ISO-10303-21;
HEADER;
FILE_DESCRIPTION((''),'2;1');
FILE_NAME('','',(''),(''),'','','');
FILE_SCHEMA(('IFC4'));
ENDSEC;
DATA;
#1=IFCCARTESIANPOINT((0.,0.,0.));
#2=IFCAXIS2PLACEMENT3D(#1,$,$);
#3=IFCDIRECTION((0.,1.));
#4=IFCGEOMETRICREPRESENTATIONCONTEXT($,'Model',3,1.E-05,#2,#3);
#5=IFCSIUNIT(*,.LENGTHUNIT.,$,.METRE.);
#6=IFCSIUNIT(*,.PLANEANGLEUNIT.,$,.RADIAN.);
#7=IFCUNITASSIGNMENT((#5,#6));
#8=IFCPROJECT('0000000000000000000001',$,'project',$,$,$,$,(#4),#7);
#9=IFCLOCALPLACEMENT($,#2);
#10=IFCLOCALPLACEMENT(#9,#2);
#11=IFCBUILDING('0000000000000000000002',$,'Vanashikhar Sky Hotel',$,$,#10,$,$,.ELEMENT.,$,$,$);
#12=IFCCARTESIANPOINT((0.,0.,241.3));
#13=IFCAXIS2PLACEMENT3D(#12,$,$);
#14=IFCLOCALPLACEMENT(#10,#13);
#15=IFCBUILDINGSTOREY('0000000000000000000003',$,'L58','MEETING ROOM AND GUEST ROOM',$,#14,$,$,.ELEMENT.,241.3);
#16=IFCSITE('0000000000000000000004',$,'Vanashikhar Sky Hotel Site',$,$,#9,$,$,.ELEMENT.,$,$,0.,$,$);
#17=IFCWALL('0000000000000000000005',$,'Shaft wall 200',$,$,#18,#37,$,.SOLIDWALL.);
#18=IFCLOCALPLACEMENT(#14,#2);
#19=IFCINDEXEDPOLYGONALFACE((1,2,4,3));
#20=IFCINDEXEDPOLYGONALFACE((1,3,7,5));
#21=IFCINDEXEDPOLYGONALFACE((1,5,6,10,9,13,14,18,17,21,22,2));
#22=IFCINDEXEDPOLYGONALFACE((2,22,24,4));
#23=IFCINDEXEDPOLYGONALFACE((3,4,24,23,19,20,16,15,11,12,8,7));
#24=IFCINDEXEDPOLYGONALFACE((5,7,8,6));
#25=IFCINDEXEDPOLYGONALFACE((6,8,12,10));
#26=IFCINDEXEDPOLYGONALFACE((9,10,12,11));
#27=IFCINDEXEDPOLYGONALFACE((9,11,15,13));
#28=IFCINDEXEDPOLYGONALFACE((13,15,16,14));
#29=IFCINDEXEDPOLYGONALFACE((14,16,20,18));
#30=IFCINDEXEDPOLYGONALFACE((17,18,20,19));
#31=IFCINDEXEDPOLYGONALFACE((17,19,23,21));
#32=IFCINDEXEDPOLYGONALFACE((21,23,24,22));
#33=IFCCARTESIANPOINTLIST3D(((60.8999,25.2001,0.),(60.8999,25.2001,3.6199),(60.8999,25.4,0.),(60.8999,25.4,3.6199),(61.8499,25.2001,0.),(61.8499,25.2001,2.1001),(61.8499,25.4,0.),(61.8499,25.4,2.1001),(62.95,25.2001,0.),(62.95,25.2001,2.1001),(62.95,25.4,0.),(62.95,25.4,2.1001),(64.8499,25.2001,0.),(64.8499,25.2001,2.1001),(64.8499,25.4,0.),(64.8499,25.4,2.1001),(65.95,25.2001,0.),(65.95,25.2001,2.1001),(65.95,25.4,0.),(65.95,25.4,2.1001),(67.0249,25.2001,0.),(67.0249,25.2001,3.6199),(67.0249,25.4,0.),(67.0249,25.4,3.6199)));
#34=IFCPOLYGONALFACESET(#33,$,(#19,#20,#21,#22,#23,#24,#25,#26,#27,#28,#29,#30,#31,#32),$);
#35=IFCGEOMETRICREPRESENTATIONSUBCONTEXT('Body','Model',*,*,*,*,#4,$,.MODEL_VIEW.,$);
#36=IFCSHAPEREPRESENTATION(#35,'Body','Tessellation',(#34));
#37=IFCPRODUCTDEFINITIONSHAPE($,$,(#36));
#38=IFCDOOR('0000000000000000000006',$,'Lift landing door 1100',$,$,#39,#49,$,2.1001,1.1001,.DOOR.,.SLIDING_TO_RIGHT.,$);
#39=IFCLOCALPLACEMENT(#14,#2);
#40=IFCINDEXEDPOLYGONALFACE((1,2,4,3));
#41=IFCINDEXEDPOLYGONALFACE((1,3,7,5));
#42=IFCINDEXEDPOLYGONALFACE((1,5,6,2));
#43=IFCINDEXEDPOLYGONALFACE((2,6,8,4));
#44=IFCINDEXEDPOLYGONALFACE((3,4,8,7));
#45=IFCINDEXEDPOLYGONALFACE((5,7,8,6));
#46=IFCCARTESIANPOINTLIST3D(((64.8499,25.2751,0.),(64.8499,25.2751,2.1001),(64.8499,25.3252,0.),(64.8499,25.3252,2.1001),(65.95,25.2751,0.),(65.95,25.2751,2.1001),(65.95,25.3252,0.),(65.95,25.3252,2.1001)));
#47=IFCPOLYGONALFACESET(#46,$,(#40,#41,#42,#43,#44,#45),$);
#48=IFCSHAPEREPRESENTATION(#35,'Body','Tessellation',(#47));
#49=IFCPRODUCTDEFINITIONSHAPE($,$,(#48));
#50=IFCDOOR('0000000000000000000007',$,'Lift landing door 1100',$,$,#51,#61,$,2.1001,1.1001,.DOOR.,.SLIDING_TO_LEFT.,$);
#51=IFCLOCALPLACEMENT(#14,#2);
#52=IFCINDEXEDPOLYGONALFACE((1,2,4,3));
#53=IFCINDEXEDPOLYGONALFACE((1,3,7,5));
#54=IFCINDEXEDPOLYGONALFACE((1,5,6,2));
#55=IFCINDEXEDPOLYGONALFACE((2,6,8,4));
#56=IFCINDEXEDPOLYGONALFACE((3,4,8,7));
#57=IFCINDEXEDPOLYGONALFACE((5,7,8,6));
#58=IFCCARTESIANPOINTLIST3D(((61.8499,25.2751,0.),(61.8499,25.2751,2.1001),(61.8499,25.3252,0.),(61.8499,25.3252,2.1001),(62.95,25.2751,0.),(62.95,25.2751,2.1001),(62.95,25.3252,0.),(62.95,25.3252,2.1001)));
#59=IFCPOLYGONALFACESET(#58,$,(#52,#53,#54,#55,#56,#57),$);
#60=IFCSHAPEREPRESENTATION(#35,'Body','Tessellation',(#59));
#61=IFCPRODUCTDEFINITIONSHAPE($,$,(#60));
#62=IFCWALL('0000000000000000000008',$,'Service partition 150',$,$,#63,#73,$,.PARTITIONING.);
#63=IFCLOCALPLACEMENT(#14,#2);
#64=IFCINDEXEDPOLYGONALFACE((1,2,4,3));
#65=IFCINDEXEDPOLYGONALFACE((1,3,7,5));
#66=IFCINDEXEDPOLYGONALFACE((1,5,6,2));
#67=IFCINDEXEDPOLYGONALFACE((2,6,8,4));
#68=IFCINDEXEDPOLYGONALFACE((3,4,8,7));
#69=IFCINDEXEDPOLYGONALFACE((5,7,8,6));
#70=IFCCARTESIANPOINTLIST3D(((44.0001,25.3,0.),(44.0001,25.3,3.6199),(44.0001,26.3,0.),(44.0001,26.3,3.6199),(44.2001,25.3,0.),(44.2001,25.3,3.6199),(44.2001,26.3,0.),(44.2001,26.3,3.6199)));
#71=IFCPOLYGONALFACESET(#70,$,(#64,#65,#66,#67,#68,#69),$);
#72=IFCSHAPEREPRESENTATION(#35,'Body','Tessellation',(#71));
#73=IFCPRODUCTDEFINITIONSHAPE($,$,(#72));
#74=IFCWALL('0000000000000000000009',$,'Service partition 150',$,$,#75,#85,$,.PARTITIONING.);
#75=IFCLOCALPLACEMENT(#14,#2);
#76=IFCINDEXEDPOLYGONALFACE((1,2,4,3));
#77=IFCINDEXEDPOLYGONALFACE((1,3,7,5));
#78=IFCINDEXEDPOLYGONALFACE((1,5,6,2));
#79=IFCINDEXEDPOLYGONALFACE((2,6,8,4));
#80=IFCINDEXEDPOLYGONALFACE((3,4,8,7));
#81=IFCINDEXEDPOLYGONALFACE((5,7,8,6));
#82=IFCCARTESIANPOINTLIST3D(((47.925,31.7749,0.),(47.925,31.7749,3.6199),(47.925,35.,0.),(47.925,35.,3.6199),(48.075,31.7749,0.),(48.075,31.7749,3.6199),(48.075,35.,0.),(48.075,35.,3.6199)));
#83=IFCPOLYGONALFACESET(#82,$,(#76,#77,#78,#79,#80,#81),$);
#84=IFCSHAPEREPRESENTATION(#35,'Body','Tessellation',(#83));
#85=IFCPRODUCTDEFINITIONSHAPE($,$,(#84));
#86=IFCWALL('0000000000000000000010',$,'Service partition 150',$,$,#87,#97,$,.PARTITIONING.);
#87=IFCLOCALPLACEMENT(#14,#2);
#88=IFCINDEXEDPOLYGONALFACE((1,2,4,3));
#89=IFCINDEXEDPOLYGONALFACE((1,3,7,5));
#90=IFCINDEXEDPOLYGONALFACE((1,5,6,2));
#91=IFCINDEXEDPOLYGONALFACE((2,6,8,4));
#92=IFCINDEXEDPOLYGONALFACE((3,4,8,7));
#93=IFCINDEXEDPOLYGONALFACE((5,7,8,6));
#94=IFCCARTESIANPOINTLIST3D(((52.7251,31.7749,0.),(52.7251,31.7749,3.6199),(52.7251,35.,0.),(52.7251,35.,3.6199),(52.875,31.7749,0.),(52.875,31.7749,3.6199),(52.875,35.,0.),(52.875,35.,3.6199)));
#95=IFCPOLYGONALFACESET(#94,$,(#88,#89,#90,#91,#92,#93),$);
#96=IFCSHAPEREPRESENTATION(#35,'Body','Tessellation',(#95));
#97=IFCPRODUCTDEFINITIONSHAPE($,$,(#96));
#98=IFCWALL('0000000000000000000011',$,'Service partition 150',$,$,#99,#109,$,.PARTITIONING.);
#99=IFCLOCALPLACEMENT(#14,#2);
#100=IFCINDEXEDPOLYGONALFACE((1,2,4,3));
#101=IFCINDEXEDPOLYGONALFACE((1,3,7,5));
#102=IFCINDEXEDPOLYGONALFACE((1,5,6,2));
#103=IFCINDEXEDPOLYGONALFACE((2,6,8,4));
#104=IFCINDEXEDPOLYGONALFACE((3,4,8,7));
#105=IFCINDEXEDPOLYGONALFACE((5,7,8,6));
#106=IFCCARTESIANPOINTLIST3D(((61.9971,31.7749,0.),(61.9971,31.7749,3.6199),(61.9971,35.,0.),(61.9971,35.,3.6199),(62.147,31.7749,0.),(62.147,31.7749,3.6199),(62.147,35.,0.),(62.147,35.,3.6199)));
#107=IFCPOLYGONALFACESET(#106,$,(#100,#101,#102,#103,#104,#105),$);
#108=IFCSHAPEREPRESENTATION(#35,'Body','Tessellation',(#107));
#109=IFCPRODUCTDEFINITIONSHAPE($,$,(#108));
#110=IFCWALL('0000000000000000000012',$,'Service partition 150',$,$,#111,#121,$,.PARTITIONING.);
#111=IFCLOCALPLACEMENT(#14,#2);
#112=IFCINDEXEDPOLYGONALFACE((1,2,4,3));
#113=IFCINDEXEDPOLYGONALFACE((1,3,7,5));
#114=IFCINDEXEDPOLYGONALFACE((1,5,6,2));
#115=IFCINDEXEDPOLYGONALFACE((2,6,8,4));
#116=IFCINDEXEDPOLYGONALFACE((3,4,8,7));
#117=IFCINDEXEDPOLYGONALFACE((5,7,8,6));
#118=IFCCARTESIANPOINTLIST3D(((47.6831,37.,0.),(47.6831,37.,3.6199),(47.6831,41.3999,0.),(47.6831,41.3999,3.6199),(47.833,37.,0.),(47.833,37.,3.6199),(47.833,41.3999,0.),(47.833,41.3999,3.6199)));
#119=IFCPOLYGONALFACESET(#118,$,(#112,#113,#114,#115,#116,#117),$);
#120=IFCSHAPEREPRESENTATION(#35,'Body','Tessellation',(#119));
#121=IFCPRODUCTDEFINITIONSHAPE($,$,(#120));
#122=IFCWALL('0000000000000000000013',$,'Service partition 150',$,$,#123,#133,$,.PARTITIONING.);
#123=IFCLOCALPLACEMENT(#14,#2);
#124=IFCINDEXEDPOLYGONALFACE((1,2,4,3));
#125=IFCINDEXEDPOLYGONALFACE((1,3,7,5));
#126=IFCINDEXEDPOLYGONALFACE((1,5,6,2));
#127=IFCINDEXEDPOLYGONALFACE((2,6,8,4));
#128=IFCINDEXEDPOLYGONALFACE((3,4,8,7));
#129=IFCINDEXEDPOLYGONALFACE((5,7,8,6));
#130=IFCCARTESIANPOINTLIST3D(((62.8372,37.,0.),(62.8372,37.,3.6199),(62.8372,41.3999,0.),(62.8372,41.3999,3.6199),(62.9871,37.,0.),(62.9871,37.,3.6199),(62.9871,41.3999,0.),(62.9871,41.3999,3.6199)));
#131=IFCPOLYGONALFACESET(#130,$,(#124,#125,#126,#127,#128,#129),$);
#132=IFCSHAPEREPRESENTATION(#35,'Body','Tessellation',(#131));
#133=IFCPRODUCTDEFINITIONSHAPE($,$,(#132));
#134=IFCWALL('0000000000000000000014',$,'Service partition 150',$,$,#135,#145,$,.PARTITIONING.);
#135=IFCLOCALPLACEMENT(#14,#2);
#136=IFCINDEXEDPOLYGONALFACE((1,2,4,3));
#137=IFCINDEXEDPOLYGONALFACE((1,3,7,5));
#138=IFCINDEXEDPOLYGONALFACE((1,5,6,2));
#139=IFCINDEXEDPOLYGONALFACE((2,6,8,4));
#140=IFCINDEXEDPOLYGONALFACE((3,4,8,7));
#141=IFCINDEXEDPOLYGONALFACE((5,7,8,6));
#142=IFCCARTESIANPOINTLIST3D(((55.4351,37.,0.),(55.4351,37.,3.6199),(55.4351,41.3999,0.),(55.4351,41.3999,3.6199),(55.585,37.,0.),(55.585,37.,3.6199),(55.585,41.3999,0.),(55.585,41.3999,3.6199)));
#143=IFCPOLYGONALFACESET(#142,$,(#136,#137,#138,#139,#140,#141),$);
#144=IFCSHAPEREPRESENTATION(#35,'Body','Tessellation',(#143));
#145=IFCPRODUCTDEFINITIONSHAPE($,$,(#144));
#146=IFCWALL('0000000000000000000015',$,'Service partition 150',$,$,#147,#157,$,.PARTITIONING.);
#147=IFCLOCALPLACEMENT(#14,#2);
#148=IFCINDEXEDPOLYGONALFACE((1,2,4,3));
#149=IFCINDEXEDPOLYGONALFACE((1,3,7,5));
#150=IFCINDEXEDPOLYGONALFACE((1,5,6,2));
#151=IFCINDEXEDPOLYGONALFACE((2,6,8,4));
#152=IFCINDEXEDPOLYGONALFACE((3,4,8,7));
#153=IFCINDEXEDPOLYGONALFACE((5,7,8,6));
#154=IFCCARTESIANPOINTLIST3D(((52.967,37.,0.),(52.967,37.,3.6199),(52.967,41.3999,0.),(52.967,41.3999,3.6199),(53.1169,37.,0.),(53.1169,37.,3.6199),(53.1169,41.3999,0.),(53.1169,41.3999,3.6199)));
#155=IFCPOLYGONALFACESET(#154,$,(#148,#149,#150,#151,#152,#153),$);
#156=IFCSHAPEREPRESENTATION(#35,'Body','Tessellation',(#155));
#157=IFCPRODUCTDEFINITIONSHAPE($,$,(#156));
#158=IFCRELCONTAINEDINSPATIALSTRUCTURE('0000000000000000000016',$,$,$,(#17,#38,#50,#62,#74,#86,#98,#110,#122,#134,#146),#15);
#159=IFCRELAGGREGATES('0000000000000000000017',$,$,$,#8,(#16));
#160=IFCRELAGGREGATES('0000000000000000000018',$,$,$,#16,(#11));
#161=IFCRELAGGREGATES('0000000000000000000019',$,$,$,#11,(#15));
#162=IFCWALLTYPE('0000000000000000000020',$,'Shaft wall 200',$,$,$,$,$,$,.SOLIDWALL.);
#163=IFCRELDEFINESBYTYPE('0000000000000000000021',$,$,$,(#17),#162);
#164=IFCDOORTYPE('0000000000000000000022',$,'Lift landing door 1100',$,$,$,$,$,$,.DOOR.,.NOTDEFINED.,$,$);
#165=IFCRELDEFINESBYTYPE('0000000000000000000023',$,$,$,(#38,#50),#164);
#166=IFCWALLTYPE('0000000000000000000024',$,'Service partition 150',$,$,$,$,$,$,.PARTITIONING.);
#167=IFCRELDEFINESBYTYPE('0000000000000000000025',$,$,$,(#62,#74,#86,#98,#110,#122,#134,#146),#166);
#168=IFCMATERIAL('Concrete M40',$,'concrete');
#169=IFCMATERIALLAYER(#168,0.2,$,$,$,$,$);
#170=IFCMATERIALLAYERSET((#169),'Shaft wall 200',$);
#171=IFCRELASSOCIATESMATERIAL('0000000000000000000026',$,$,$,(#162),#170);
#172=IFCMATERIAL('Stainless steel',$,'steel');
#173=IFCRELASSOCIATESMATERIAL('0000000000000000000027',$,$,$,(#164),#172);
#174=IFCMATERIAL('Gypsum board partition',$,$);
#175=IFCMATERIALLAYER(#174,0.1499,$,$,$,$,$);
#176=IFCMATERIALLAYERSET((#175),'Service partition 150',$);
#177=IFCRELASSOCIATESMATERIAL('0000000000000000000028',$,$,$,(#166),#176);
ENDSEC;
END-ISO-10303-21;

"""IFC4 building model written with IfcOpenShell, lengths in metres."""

from ifc_helpers import new_model, si_unit, direction, frame, frame_2d, origin, place, context, subcontext, project, spatial, rectangle, extrude, source, transform, mapped, material, layer, layer_set, type_object, element, fill, save


model = new_model("IFC4")

# Units and contexts
model_context = context("Model", 3, precision=1e-05, world=origin(), true_north=direction((0.0, 1.0)))
body_context = subcontext(model_context, "Body", "Model", "MODEL_VIEW")
ifc_project = project(units=[si_unit("LENGTHUNIT", "METRE"), si_unit("PLANEANGLEUNIT", "RADIAN")], contexts=[model_context])

# Site, building, storey
site_placement = place(None, origin())
site = spatial("IfcSite", under=ifc_project, at=site_placement, Name="Vanashikhar Sky Hotel Site", CompositionType="ELEMENT", RefElevation=0.0)
building_placement = place(site_placement, origin())
building = spatial("IfcBuilding", under=site, at=building_placement, Name="Vanashikhar Sky Hotel", CompositionType="ELEMENT")
storey_placement = place(building_placement, frame((0.0, 0.0, 241.3)))
storey = spatial("IfcBuildingStorey", under=building, at=storey_placement, Name="L58", Description="MEETING ROOM AND GUEST ROOM", CompositionType="ELEMENT", Elevation=241.3)

# Shared definitions
shared_shape_1 = source(origin(), body_context, "Body", "SweptSolid", [
    extrude(rectangle(XDim=1.1001, YDim=2.1001, at=frame_2d((0.55, 1.05))), frame((0.0, 0.0249, 0.0), z_axis=(0.0, -1.0, 0.0), x_axis=(1.0, 0.0, 0.0)), (0.0, 0.0, 1.0), 0.05),
])

# Shared definitions
ifc_material_1 = material(Name="Concrete M40", Category="concrete")
ifc_layer_1 = layer(ifc_material_1, 0.2)
ifc_layer_set_1 = layer_set([ifc_layer_1], Name="Shaft wall 200")
wall_type_1 = type_object("IfcWallType", Name="Shaft wall 200", PredefinedType="SOLIDWALL", material=ifc_layer_set_1)
shared_shape_2 = source(origin(), body_context, "Body", "SweptSolid", [
    extrude(rectangle(XDim=1.1001, YDim=2.1001, at=frame_2d((0.55, 1.05))), frame((0.0, 0.1099, 0.0), z_axis=(0.0, -1.0, 0.0), x_axis=(1.0, 0.0, 0.0)), (0.0, 0.0, 1.0), 0.22),
])
ifc_material_2 = material(Name="Stainless steel", Category="steel")
door_type_1 = type_object("IfcDoorType", Name="Lift landing door 1100", OperationType="NOTDEFINED", PredefinedType="DOOR", material=ifc_material_2)

# Wall, openings, doors
shared_shape_3 = source(origin(), body_context, "Body", "SweptSolid", [
    extrude(rectangle(XDim=6.125, YDim=0.2, at=frame_2d((3.0625, 0.0))), origin(), (0.0, 0.0, 1.0), 3.6199),
])
wall_1_placement = place(storey_placement, frame((67.0249, 25.3, 0.0), z_axis=(0.0, 0.0, 1.0), x_axis=(-1.0, 0.0, 0.0)))
wall_1 = element("IfcWall", 1, at=wall_1_placement, inside=storey, type_object=wall_type_1, Name="Shaft wall 200", PredefinedType="SOLIDWALL", context=body_context, shape_type="MappedRepresentation", body=[
    mapped(shared_shape_3, transform((0.0, 0.0, 0.0), scale=1.0)),
])
opening_1_placement = place(wall_1_placement, frame((1.075, 0.0, 0.0)))
opening_1 = element("IfcOpeningElement", 2, at=opening_1_placement, cuts=wall_1, PredefinedType="OPENING", context=body_context, shape_type="MappedRepresentation", body=[
    mapped(shared_shape_2, transform((0.0, 0.0, 0.0), scale=1.0)),
])
opening_2_placement = place(wall_1_placement, frame((4.075, 0.0, 0.0)))
opening_2 = element("IfcOpeningElement", 3, at=opening_2_placement, cuts=wall_1, PredefinedType="OPENING", context=body_context, shape_type="MappedRepresentation", body=[
    mapped(shared_shape_2, transform((0.0, 0.0, 0.0), scale=1.0)),
])
door_1_placement = place(opening_1_placement, origin())
door_1 = element("IfcDoor", 4, at=door_1_placement, inside=storey, type_object=door_type_1, Name="Lift landing door 1100", OperationType="SLIDING_TO_RIGHT", OverallHeight=2.1001, OverallWidth=1.1001, PredefinedType="DOOR", context=body_context, shape_type="MappedRepresentation", body=[
    mapped(shared_shape_1, transform((0.0, 0.0, 0.0), scale=1.0)),
])
fill(opening_1, door_1)
door_2_placement = place(opening_2_placement, origin())
door_2 = element("IfcDoor", 5, at=door_2_placement, inside=storey, type_object=door_type_1, Name="Lift landing door 1100", OperationType="SLIDING_TO_LEFT", OverallHeight=2.1001, OverallWidth=1.1001, PredefinedType="DOOR", context=body_context, shape_type="MappedRepresentation", body=[
    mapped(shared_shape_1, transform((0.0, 0.0, 0.0), scale=1.0)),
])
fill(opening_2, door_2)

# Walls
ifc_material_3 = material(Name="Gypsum board partition")
ifc_layer_2 = layer(ifc_material_3, 0.1499)
ifc_layer_set_2 = layer_set([ifc_layer_2], Name="Service partition 150")
wall_type_2 = type_object("IfcWallType", Name="Service partition 150", PredefinedType="PARTITIONING", material=ifc_layer_set_2)
shared_shape_4 = source(origin(), body_context, "Body", "SweptSolid", [
    extrude(rectangle(XDim=1.0, YDim=0.2, at=frame_2d((0.5, 0.0))), origin(), (0.0, 0.0, 1.0), 3.6199),
])
wall_2_placement = place(storey_placement, frame((44.1001, 25.3, 0.0), z_axis=(0.0, 0.0, 1.0), x_axis=(0.0, 1.0, 0.0)))
element("IfcWall", 6, at=wall_2_placement, inside=storey, type_object=wall_type_2, Name="Service partition 150", PredefinedType="PARTITIONING", context=body_context, shape_type="MappedRepresentation", body=[
    mapped(shared_shape_4, transform((0.0, 0.0, 0.0), scale=1.0)),
])
shared_shape_5 = source(origin(), body_context, "Body", "SweptSolid", [
    extrude(rectangle(XDim=3.2251, YDim=0.1499, at=frame_2d((1.6125, 0.0))), origin(), (0.0, 0.0, 1.0), 3.6199),
])
for number, where, z_axis, x_axis, name in (
    (7, (48.0, 31.7749, 0.0), (0.0, 0.0, 1.0), (0.0, 1.0, 0.0), "Service partition 150"),
    (8, (52.8, 31.7749, 0.0), (0.0, 0.0, 1.0), (0.0, 1.0, 0.0), "Service partition 150"),
    (9, (62.072, 31.7749, 0.0), (0.0, 0.0, 1.0), (0.0, 1.0, 0.0), "Service partition 150"),
):
    element("IfcWall", number, at=place(storey_placement, frame(where, z_axis=z_axis, x_axis=x_axis)), inside=storey, type_object=wall_type_2, Name=name, PredefinedType="PARTITIONING", context=body_context, shape_type="MappedRepresentation", body=[
        mapped(shared_shape_5, transform((0.0, 0.0, 0.0), scale=1.0)),
    ])
shared_shape_6 = source(origin(), body_context, "Body", "SweptSolid", [
    extrude(rectangle(XDim=4.3999, YDim=0.1499, at=frame_2d((2.2, 0.0))), origin(), (0.0, 0.0, 1.0), 3.6199),
])
for number, where, z_axis, x_axis, name in (
    (10, (47.7581, 37.0, 0.0), (0.0, 0.0, 1.0), (0.0, 1.0, 0.0), "Service partition 150"),
    (11, (62.9121, 37.0, 0.0), (0.0, 0.0, 1.0), (0.0, 1.0, 0.0), "Service partition 150"),
    (12, (55.51, 37.0, 0.0), (0.0, 0.0, 1.0), (0.0, 1.0, 0.0), "Service partition 150"),
    (13, (53.042, 37.0, 0.0), (0.0, 0.0, 1.0), (0.0, 1.0, 0.0), "Service partition 150"),
):
    element("IfcWall", number, at=place(storey_placement, frame(where, z_axis=z_axis, x_axis=x_axis)), inside=storey, type_object=wall_type_2, Name=name, PredefinedType="PARTITIONING", context=body_context, shape_type="MappedRepresentation", body=[
        mapped(shared_shape_6, transform((0.0, 0.0, 0.0), scale=1.0)),
    ])

save(model, "model.ifc")
